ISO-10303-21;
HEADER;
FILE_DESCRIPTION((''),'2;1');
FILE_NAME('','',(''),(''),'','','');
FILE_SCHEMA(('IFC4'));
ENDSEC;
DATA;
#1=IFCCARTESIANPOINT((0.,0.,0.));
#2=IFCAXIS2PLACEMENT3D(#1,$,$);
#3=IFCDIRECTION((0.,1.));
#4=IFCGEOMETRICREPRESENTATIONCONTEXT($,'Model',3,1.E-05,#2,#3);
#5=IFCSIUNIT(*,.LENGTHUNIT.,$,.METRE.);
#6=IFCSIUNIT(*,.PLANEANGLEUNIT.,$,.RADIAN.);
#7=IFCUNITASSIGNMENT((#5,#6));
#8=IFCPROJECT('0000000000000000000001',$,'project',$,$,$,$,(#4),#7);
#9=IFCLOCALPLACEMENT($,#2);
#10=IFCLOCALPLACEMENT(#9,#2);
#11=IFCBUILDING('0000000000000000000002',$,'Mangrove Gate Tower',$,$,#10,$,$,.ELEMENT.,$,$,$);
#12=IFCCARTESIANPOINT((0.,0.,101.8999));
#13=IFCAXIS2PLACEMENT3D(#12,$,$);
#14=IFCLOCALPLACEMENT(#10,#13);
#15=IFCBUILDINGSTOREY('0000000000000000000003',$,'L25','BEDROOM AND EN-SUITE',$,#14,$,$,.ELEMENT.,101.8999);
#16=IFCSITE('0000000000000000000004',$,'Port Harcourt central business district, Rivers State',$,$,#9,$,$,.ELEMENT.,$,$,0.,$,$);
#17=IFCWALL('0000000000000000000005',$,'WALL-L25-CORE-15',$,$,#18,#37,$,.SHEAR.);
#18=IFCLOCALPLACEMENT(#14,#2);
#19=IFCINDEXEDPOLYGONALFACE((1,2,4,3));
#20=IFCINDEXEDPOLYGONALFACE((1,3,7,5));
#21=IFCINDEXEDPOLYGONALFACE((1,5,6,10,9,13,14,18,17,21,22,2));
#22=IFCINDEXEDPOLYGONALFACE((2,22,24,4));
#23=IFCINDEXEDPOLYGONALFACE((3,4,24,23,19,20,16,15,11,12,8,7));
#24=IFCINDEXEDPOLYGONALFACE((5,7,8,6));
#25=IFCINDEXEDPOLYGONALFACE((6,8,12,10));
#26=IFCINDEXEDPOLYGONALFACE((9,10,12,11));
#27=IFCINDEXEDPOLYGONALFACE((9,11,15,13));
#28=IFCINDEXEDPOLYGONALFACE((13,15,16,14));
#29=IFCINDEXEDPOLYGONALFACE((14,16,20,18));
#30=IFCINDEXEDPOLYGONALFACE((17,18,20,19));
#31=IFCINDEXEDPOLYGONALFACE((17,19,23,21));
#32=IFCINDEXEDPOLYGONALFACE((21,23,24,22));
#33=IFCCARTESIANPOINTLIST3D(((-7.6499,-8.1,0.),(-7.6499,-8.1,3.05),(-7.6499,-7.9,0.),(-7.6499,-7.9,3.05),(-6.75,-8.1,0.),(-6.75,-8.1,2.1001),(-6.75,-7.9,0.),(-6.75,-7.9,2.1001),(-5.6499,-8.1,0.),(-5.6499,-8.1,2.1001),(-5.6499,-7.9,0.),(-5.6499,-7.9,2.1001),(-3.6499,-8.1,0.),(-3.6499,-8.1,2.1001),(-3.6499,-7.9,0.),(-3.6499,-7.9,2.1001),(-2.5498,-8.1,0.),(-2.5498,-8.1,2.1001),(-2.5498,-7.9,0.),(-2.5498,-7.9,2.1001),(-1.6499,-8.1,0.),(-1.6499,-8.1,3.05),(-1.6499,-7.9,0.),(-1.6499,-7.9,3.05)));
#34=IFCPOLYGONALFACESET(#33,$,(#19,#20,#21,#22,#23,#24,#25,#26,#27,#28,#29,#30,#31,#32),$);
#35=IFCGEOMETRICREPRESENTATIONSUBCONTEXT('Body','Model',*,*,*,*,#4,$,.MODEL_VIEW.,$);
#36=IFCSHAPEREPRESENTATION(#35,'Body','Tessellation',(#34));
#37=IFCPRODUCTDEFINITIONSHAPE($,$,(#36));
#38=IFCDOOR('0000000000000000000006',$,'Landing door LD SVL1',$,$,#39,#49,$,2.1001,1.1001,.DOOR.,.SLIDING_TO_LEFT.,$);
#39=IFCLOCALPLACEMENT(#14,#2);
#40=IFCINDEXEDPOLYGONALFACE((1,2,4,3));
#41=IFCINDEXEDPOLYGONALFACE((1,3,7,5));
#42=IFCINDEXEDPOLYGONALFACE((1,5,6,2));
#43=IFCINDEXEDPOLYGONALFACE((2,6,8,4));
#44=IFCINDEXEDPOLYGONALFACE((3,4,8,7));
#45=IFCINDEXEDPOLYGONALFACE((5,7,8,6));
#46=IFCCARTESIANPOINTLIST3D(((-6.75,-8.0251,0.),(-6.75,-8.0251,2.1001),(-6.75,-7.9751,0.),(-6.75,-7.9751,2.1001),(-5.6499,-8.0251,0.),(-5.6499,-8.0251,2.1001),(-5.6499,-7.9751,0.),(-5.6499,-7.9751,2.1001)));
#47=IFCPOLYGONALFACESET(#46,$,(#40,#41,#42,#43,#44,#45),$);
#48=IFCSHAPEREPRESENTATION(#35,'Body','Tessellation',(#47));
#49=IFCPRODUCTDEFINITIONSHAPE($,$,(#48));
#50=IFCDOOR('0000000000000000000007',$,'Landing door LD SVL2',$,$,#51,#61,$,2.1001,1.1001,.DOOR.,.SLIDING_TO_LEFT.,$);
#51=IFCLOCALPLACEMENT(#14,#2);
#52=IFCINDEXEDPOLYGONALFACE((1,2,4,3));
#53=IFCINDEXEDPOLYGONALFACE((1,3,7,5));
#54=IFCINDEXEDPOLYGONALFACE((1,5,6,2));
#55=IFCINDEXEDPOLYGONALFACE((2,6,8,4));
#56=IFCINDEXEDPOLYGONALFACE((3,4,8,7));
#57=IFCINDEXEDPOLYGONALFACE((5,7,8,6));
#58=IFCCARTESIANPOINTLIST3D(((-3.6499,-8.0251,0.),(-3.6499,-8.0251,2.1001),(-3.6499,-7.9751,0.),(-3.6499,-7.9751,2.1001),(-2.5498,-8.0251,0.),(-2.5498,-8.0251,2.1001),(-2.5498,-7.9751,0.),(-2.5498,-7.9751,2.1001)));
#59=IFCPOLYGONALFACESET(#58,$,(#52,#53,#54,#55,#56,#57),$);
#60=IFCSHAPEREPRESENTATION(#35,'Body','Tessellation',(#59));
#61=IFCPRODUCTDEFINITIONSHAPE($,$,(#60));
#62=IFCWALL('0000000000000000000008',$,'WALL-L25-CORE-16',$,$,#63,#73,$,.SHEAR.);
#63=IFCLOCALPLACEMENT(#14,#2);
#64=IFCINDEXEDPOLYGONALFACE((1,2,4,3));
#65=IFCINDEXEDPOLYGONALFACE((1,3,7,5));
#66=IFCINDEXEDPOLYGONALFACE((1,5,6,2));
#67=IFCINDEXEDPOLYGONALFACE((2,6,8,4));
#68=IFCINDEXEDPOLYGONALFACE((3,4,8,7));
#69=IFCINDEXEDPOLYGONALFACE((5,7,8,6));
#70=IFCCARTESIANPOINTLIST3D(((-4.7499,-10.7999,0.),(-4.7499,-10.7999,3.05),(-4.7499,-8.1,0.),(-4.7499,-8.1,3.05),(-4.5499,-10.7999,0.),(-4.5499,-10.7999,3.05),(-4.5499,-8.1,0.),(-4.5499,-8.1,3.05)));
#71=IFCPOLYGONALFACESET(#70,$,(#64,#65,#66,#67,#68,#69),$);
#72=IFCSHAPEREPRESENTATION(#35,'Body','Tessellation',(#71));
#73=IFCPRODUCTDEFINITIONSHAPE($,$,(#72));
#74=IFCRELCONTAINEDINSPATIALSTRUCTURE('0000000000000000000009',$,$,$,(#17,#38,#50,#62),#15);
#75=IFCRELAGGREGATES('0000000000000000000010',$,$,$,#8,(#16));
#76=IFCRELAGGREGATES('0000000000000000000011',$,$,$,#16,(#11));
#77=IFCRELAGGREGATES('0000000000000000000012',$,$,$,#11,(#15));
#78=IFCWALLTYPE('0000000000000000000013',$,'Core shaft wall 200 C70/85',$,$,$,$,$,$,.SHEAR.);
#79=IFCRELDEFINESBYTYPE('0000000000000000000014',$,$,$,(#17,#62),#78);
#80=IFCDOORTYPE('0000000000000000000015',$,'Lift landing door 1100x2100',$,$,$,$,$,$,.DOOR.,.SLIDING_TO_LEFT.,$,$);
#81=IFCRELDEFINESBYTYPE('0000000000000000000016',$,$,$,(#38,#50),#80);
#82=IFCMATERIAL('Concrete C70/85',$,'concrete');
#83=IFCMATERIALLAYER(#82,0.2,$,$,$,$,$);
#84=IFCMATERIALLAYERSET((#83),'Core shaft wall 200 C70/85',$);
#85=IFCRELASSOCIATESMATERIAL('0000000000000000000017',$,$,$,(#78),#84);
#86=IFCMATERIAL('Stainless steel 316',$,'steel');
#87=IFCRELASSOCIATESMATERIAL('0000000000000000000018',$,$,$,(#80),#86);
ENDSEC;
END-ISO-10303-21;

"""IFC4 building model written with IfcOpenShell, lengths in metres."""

from ifc_helpers import new_model, si_unit, direction, frame, frame_2d, origin, place, context, subcontext, project, spatial, rectangle, extrude, material, layer, layer_set, type_object, element, fill, save


model = new_model("IFC4")

# Units and contexts
model_context = context("Model", 3, precision=1e-05, world=origin(), true_north=direction((0.0, 1.0)))
body_context = subcontext(model_context, "Body", "Model", "MODEL_VIEW")
ifc_project = project(units=[si_unit("LENGTHUNIT", "METRE"), si_unit("PLANEANGLEUNIT", "RADIAN")], contexts=[model_context])

# Site, building, storey
site_placement = place(None, origin())
site = spatial("IfcSite", under=ifc_project, at=site_placement, Name="Port Harcourt central business district, Rivers State", CompositionType="ELEMENT", RefElevation=0.0)
building_placement = place(site_placement, origin())
building = spatial("IfcBuilding", under=site, at=building_placement, Name="Mangrove Gate Tower", CompositionType="ELEMENT")
storey_placement = place(building_placement, frame((0.0, 0.0, 101.8999)))
storey = spatial("IfcBuildingStorey", under=building, at=storey_placement, Name="L25", Description="BEDROOM AND EN-SUITE", CompositionType="ELEMENT", Elevation=101.8999)

# Wall, openings, doors
ifc_material_1 = material(Name="Concrete C70/85", Category="concrete")
ifc_layer_1 = layer(ifc_material_1, 0.2)
ifc_layer_set_1 = layer_set([ifc_layer_1], Name="Core shaft wall 200 C70/85")
wall_type_1 = type_object("IfcWallType", Name="Core shaft wall 200 C70/85", PredefinedType="SHEAR", material=ifc_layer_set_1)
wall_1_placement = place(storey_placement, frame((-7.6499, -8.0, 0.0), z_axis=(0.0, 0.0, 1.0), x_axis=(1.0, 0.0, 0.0)))
wall_1 = element("IfcWall", 1, at=wall_1_placement, inside=storey, type_object=wall_type_1, Name="WALL-L25-CORE-15", PredefinedType="SHEAR", context=body_context, shape_type="SweptSolid", body=[
    extrude(rectangle(XDim=6.0, YDim=0.2, at=frame_2d((3.0, 0.0))), origin(), (0.0, 0.0, 1.0), 3.05),
])
opening_1_placement = place(wall_1_placement, frame((0.8999, 0.0, 0.0)))
opening_1 = element("IfcOpeningElement", 2, at=opening_1_placement, cuts=wall_1, PredefinedType="OPENING", context=body_context, shape_type="SweptSolid", body=[
    extrude(rectangle(XDim=1.1001, YDim=2.1001, at=frame_2d((0.55, 1.05))), frame((0.0, 0.1099, 0.0), z_axis=(0.0, -1.0, 0.0), x_axis=(1.0, 0.0, 0.0)), (0.0, 0.0, 1.0), 0.22),
])
opening_2_placement = place(wall_1_placement, frame((4.0, 0.0, 0.0)))
opening_2 = element("IfcOpeningElement", 3, at=opening_2_placement, cuts=wall_1, PredefinedType="OPENING", context=body_context, shape_type="SweptSolid", body=[
    extrude(rectangle(XDim=1.1001, YDim=2.1001, at=frame_2d((0.55, 1.05))), frame((0.0, 0.1099, 0.0), z_axis=(0.0, -1.0, 0.0), x_axis=(1.0, 0.0, 0.0)), (0.0, 0.0, 1.0), 0.22),
])
ifc_material_2 = material(Name="Stainless steel 316", Category="steel")
door_type_1 = type_object("IfcDoorType", Name="Lift landing door 1100x2100", OperationType="SLIDING_TO_LEFT", PredefinedType="DOOR", material=ifc_material_2)
door_1_placement = place(opening_1_placement, origin())
door_1 = element("IfcDoor", 4, at=door_1_placement, inside=storey, type_object=door_type_1, Name="Landing door LD SVL1", OperationType="SLIDING_TO_LEFT", OverallHeight=2.1001, OverallWidth=1.1001, PredefinedType="DOOR", context=body_context, shape_type="SweptSolid", body=[
    extrude(rectangle(XDim=1.1001, YDim=2.1001, at=frame_2d((0.55, 1.05))), frame((0.0, 0.0249, 0.0), z_axis=(0.0, -1.0, 0.0), x_axis=(1.0, 0.0, 0.0)), (0.0, 0.0, 1.0), 0.05),
])
fill(opening_1, door_1)
door_2_placement = place(opening_2_placement, origin())
door_2 = element("IfcDoor", 5, at=door_2_placement, inside=storey, type_object=door_type_1, Name="Landing door LD SVL2", OperationType="SLIDING_TO_LEFT", OverallHeight=2.1001, OverallWidth=1.1001, PredefinedType="DOOR", context=body_context, shape_type="SweptSolid", body=[
    extrude(rectangle(XDim=1.1001, YDim=2.1001, at=frame_2d((0.55, 1.05))), frame((0.0, 0.0249, 0.0), z_axis=(0.0, -1.0, 0.0), x_axis=(1.0, 0.0, 0.0)), (0.0, 0.0, 1.0), 0.05),
])
fill(opening_2, door_2)

# Wall
wall_2_placement = place(storey_placement, frame((-4.6499, -10.8, 0.0), z_axis=(0.0, 0.0, 1.0), x_axis=(0.0, 1.0, 0.0)))
element("IfcWall", 6, at=wall_2_placement, inside=storey, type_object=wall_type_1, Name="WALL-L25-CORE-16", PredefinedType="SHEAR", context=body_context, shape_type="SweptSolid", body=[
    extrude(rectangle(XDim=2.7, YDim=0.2, at=frame_2d((1.3501, 0.0))), origin(), (0.0, 0.0, 1.0), 3.05),
])

save(model, "model.ifc")
